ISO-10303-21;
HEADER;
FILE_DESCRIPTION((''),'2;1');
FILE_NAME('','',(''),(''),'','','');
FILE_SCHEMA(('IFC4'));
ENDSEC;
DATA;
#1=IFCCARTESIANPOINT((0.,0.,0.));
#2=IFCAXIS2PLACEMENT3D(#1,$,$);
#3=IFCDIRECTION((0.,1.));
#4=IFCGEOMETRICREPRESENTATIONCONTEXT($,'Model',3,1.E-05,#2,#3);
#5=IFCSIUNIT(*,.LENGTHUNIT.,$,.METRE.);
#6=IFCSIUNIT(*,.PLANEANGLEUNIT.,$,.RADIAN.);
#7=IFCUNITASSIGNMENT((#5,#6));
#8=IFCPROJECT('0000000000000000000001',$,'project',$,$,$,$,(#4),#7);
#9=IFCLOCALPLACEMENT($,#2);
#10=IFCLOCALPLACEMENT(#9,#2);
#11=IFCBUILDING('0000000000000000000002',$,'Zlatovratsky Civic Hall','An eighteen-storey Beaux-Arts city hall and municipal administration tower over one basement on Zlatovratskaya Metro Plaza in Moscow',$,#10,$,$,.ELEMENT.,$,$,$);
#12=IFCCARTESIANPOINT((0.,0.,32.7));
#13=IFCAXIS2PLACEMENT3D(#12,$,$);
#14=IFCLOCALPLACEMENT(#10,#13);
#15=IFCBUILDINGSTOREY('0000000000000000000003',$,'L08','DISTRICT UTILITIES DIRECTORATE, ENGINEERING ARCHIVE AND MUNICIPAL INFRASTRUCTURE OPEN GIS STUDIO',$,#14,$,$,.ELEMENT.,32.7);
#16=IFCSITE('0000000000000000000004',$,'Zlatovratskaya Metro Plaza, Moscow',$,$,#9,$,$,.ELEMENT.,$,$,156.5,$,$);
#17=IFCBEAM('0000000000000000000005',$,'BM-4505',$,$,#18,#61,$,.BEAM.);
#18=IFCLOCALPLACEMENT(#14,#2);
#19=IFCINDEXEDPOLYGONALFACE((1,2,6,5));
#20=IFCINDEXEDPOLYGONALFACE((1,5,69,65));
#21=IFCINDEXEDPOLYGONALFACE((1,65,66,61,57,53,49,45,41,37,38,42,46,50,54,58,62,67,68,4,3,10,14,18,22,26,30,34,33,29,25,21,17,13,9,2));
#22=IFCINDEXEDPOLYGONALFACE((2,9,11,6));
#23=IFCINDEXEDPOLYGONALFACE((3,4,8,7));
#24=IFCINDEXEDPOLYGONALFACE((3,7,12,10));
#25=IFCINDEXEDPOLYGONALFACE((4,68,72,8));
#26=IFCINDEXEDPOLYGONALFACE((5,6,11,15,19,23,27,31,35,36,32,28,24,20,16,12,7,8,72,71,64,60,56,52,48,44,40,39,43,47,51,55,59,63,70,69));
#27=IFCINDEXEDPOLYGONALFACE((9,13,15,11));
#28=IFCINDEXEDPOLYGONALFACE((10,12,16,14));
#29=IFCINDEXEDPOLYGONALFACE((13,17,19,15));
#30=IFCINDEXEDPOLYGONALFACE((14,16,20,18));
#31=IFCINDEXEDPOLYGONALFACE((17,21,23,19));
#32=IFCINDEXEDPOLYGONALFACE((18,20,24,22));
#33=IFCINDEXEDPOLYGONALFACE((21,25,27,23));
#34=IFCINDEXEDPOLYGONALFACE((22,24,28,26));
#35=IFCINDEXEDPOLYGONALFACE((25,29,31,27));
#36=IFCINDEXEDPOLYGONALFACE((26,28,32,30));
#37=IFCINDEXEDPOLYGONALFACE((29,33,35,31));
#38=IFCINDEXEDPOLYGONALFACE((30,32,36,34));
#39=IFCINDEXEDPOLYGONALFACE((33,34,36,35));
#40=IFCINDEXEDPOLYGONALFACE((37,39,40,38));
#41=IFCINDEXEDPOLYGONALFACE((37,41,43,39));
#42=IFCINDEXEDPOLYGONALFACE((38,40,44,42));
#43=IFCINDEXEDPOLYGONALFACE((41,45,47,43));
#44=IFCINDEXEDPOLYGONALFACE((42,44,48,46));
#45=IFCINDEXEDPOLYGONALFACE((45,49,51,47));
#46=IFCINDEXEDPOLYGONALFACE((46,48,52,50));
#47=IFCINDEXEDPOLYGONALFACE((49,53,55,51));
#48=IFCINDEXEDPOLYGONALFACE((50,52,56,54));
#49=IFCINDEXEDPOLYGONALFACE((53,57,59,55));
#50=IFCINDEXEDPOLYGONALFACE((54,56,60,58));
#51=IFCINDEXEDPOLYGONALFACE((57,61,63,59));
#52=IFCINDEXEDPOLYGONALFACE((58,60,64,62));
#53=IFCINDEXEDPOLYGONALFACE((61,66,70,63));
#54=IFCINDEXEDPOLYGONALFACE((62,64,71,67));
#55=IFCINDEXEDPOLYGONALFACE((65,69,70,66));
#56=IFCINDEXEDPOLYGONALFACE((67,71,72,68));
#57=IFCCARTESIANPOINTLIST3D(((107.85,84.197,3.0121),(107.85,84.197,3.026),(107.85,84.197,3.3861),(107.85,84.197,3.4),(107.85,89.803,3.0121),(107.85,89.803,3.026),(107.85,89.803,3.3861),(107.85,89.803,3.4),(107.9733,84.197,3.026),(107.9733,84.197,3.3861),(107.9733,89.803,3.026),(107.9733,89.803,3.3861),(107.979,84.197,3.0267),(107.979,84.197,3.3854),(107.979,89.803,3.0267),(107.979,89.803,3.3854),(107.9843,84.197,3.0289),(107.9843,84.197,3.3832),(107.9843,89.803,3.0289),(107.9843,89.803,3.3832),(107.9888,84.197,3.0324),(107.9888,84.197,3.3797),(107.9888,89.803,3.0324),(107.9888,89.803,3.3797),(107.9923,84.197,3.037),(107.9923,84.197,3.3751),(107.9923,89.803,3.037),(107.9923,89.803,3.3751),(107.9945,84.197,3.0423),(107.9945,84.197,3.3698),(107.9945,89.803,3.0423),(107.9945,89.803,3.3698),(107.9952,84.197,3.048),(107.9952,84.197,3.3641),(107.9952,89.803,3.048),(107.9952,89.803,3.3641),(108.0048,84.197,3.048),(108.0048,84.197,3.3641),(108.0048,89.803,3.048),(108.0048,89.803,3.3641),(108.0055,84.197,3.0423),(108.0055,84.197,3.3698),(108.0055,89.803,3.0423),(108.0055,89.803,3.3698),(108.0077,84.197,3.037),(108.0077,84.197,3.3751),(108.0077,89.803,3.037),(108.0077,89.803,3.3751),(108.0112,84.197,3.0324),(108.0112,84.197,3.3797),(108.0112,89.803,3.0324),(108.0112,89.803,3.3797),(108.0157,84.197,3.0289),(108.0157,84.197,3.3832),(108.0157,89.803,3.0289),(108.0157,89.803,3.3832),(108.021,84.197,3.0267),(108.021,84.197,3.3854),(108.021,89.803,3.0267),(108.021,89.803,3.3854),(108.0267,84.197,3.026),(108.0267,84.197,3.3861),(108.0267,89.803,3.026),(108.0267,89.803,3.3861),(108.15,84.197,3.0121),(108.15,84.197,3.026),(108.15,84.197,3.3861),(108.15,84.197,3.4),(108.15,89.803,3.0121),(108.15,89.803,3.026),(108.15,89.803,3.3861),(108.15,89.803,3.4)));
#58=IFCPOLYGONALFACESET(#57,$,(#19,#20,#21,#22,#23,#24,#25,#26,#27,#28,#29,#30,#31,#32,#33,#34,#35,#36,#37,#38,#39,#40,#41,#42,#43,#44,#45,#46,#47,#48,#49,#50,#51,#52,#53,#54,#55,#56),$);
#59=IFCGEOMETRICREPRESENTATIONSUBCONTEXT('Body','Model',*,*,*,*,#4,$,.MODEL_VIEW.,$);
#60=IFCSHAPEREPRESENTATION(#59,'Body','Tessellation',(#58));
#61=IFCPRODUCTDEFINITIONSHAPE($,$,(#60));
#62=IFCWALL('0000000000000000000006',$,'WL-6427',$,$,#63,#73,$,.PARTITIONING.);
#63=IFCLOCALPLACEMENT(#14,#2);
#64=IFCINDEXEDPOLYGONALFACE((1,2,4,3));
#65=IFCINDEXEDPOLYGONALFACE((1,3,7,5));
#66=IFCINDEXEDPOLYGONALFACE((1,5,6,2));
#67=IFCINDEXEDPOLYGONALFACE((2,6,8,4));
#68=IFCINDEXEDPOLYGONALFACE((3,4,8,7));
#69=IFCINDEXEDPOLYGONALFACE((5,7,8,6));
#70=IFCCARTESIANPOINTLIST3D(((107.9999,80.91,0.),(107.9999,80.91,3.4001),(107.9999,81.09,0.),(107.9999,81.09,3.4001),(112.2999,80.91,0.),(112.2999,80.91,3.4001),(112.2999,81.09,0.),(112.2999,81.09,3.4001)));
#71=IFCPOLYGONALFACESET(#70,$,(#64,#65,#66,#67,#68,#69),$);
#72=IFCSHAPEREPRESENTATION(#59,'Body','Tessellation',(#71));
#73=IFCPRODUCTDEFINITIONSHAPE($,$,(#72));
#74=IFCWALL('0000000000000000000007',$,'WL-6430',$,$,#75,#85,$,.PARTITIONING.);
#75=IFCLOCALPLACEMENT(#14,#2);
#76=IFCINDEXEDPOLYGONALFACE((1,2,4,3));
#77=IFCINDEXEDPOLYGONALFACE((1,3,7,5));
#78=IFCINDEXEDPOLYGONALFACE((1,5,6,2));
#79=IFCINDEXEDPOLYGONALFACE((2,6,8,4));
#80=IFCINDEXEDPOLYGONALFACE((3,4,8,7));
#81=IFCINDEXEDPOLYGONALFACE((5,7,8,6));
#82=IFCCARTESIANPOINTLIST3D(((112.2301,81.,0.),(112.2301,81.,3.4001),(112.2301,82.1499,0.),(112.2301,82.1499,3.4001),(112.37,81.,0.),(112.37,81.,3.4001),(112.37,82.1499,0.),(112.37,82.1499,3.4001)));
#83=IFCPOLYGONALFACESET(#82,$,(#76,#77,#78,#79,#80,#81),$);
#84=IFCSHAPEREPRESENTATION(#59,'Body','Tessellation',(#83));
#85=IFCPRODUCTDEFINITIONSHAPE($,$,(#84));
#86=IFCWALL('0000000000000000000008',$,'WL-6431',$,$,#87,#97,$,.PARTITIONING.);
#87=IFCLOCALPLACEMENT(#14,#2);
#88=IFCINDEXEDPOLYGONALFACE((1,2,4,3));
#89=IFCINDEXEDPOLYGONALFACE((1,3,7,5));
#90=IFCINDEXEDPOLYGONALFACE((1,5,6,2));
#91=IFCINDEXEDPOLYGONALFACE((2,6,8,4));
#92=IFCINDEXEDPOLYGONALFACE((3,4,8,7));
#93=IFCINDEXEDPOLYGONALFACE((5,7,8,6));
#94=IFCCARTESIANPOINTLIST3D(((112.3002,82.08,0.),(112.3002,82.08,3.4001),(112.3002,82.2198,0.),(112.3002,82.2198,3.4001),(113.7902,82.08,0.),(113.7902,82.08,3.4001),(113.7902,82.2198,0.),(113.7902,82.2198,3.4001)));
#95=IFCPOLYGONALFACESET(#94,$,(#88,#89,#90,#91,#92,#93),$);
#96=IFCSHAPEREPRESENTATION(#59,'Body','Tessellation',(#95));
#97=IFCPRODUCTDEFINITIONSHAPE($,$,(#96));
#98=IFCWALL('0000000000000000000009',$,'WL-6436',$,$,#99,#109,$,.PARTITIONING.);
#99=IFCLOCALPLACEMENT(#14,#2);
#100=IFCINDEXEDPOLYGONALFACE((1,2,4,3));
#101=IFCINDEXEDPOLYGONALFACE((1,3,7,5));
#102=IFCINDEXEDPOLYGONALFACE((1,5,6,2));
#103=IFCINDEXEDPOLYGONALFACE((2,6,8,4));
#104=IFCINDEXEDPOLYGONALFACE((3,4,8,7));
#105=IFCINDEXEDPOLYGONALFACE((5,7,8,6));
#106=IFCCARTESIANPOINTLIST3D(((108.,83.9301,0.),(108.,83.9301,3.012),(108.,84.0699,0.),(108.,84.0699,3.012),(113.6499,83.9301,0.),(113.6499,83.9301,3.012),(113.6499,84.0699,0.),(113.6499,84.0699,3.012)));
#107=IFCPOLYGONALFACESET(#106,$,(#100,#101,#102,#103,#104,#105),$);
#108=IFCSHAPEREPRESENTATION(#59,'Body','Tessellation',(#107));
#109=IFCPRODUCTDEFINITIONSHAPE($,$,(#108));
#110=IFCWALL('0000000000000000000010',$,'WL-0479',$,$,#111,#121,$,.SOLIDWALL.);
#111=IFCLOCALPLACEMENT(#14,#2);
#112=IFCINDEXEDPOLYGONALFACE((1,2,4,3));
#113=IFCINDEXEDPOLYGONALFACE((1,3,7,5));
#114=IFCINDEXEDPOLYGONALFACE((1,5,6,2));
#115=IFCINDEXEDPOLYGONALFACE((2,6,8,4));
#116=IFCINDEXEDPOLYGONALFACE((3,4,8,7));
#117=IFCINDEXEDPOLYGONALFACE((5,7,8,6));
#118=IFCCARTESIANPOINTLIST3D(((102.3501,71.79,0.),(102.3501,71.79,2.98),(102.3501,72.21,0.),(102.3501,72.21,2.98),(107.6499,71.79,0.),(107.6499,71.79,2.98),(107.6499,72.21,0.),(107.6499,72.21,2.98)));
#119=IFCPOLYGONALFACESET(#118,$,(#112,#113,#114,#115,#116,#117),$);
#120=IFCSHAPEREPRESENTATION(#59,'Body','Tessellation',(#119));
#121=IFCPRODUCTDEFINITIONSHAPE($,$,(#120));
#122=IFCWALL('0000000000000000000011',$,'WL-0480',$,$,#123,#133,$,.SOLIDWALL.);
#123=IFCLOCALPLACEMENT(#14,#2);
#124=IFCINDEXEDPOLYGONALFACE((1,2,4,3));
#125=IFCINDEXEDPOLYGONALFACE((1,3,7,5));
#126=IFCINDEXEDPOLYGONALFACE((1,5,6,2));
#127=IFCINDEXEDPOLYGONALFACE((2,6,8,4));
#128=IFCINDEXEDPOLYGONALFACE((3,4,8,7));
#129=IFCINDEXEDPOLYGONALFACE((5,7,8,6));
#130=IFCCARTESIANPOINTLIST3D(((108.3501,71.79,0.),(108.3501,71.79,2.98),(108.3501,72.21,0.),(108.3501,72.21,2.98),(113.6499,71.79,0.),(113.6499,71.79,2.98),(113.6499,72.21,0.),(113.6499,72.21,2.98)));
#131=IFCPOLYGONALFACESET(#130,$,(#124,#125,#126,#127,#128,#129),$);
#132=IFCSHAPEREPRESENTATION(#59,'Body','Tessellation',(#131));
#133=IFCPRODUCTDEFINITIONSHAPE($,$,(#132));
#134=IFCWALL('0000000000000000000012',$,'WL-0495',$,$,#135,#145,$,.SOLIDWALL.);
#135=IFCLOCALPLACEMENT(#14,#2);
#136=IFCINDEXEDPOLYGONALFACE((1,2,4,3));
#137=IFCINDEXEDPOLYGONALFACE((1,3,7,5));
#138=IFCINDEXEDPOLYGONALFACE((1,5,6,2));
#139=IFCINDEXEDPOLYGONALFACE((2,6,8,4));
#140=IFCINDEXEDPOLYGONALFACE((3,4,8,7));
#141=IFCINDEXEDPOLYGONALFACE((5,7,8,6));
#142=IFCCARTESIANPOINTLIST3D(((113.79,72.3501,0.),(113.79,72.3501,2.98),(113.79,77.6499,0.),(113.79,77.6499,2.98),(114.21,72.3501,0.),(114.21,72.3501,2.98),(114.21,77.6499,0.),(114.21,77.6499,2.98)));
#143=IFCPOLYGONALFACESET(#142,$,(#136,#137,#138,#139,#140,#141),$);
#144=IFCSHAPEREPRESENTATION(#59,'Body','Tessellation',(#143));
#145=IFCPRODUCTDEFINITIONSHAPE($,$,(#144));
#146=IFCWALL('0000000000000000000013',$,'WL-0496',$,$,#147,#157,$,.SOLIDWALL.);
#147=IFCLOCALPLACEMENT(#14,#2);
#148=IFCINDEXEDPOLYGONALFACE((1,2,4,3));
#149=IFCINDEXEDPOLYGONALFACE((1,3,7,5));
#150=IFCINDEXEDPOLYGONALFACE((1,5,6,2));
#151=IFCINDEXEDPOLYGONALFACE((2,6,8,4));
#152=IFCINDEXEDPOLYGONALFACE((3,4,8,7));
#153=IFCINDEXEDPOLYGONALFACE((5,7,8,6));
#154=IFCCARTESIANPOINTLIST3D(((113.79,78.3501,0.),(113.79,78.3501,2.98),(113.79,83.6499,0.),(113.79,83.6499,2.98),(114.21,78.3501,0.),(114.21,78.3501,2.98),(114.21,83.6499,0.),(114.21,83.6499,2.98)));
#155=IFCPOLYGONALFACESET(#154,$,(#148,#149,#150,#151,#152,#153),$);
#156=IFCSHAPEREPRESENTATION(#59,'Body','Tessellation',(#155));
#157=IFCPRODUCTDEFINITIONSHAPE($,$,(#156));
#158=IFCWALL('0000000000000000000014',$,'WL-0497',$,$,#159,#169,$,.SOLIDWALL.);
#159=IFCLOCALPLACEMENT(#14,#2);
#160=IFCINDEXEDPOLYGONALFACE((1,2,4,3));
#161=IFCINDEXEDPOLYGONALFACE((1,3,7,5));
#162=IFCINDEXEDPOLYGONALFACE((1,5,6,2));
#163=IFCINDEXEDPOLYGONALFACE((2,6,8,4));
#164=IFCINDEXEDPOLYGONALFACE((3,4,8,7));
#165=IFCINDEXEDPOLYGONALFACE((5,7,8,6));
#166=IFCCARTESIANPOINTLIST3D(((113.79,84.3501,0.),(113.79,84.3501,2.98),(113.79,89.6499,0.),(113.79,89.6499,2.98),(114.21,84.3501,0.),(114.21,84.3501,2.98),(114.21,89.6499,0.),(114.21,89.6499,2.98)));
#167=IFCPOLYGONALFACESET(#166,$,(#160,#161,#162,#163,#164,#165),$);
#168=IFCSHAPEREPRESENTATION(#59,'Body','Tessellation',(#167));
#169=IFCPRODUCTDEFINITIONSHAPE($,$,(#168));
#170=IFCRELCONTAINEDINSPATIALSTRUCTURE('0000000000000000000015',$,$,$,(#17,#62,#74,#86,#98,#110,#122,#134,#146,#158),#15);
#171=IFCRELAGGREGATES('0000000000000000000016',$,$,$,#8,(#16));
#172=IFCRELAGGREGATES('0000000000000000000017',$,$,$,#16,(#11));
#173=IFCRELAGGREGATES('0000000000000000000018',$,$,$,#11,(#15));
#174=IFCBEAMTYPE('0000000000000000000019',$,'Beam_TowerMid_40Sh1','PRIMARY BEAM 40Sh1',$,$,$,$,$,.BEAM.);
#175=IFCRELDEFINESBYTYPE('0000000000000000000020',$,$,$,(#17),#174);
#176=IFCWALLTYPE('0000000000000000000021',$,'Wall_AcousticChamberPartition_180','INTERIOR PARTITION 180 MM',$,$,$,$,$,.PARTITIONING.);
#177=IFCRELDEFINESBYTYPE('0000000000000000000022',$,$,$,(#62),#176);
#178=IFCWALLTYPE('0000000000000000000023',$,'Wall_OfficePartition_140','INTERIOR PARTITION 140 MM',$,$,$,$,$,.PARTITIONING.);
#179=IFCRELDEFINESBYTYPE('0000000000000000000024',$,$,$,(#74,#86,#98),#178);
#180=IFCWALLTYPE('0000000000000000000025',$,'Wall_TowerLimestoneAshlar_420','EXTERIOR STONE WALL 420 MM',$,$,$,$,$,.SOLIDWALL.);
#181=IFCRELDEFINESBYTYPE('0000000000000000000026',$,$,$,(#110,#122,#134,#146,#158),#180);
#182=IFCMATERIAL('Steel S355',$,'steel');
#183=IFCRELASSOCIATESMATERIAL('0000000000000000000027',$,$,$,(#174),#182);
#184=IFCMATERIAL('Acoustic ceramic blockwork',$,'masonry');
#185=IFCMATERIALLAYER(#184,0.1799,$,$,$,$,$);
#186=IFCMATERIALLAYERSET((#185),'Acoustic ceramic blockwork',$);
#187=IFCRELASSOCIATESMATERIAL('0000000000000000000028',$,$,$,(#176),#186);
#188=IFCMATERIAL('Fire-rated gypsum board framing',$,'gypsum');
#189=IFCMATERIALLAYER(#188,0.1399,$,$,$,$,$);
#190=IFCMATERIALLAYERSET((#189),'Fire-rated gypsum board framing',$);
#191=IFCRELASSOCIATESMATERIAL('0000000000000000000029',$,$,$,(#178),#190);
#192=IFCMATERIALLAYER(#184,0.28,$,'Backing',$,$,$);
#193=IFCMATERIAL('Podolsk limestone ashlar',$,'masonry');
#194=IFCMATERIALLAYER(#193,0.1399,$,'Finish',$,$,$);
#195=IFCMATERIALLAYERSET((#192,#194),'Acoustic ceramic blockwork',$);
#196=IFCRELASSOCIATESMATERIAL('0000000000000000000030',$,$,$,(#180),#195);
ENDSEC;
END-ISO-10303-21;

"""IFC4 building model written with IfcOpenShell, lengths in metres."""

from ifc_helpers import new_model, si_unit, direction, frame, frame_2d, origin, origin_2d, place, context, subcontext, project, spatial, rectangle, i_section, extrude, material, layer, layer_set, material_profile, profile_set, type_object, element, save


model = new_model("IFC4")

# Units and contexts
model_context = context("Model", 3, precision=1e-05, world=origin(), true_north=direction((0.0, 1.0)))
body_context = subcontext(model_context, "Body", "Model", "MODEL_VIEW")
ifc_project = project(units=[si_unit("LENGTHUNIT", "METRE"), si_unit("PLANEANGLEUNIT", "RADIAN")], contexts=[model_context])

# Site, building, storey
site_placement = place(None, origin())
site = spatial("IfcSite", under=ifc_project, at=site_placement, Name="Zlatovratskaya Metro Plaza, Moscow", CompositionType="ELEMENT", RefElevation=156.5)
building_placement = place(site_placement, origin())
building = spatial("IfcBuilding", under=site, at=building_placement, Name="Zlatovratsky Civic Hall", Description="An eighteen-storey Beaux-Arts city hall and municipal administration tower over one basement on Zlatovratskaya Metro Plaza in Moscow", CompositionType="ELEMENT")
storey_placement = place(building_placement, frame((0.0, 0.0, 32.7)))
storey = spatial("IfcBuildingStorey", under=building, at=storey_placement, Name="L08", Description="DISTRICT UTILITIES DIRECTORATE, ENGINEERING ARCHIVE AND MUNICIPAL INFRASTRUCTURE OPEN GIS STUDIO", CompositionType="ELEMENT", Elevation=32.7)

# Shared definitions
ifc_material_1 = material(Name="Steel S355", Category="steel")

# Beam
ifc_material_profile_1 = material_profile(ifc_material_1, i_section(OverallWidth=0.3, OverallDepth=0.3879, WebThickness=0.0095, FlangeThickness=0.0139, FilletRadius=0.022, at=origin_2d()), Name="40Sh1")
ifc_profile_set_1 = profile_set([ifc_material_profile_1], Name="Steel S355")
beam_type_1 = type_object("IfcBeamType", Name="Beam_TowerMid_40Sh1", Description="PRIMARY BEAM 40Sh1", PredefinedType="BEAM", material=ifc_profile_set_1)
for number, where, z_axis, x_axis, name in (
    (1, (108.0, 84.197, 3.2061), (0.0, 1.0, 0.0), (-1.0, 0.0, 0.0), "BM-4505"),
):
    element("IfcBeam", number, at=place(storey_placement, frame(where, z_axis=z_axis, x_axis=x_axis)), inside=storey, type_object=beam_type_1, Name=name, PredefinedType="BEAM", context=body_context, shape_type="SweptSolid", body=[
        extrude(i_section(OverallWidth=0.3, OverallDepth=0.3879, WebThickness=0.0095, FlangeThickness=0.0139, FilletRadius=0.022, at=origin_2d()), origin(), (0.0, 0.0, 1.0), 5.606),
    ])

# Walls
ifc_material_2 = material(Name="Acoustic ceramic blockwork", Category="masonry")
ifc_layer_1 = layer(ifc_material_2, 0.1799)
ifc_layer_set_1 = layer_set([ifc_layer_1], Name="Acoustic ceramic blockwork")
wall_type_1 = type_object("IfcWallType", Name="Wall_AcousticChamberPartition_180", Description="INTERIOR PARTITION 180 MM", PredefinedType="PARTITIONING", material=ifc_layer_set_1)
wall_1_placement = place(storey_placement, frame((108.0, 81.0, 0.0), z_axis=(0.0, 0.0, 1.0), x_axis=(1.0, 0.0, 0.0)))
element("IfcWall", 2, at=wall_1_placement, inside=storey, type_object=wall_type_1, Name="WL-6427", PredefinedType="PARTITIONING", context=body_context, shape_type="SweptSolid", body=[
    extrude(rectangle(XDim=4.3, YDim=0.1799, at=frame_2d((2.1499, 0.0))), origin(), (0.0, 0.0, 1.0), 3.4001),
])
ifc_material_3 = material(Name="Fire-rated gypsum board framing", Category="gypsum")
ifc_layer_2 = layer(ifc_material_3, 0.1399)
ifc_layer_set_2 = layer_set([ifc_layer_2], Name="Fire-rated gypsum board framing")
wall_type_2 = type_object("IfcWallType", Name="Wall_OfficePartition_140", Description="INTERIOR PARTITION 140 MM", PredefinedType="PARTITIONING", material=ifc_layer_set_2)
wall_2_placement = place(storey_placement, frame((112.3, 81.0, 0.0), z_axis=(0.0, 0.0, 1.0), x_axis=(0.0, 1.0, 0.0)))
element("IfcWall", 3, at=wall_2_placement, inside=storey, type_object=wall_type_2, Name="WL-6430", PredefinedType="PARTITIONING", context=body_context, shape_type="SweptSolid", body=[
    extrude(rectangle(XDim=1.1499, YDim=0.1399, at=frame_2d((0.575, 0.0))), origin(), (0.0, 0.0, 1.0), 3.4001),
])
wall_3_placement = place(storey_placement, frame((112.3, 82.1499, 0.0), z_axis=(0.0, 0.0, 1.0), x_axis=(1.0, 0.0, 0.0)))
element("IfcWall", 4, at=wall_3_placement, inside=storey, type_object=wall_type_2, Name="WL-6431", PredefinedType="PARTITIONING", context=body_context, shape_type="SweptSolid", body=[
    extrude(rectangle(XDim=1.49, YDim=0.1399, at=frame_2d((0.7451, 0.0))), origin(), (0.0, 0.0, 1.0), 3.4001),
])
wall_4_placement = place(storey_placement, frame((108.0, 84.0, 0.0), z_axis=(0.0, 0.0, 1.0), x_axis=(1.0, 0.0, 0.0)))
element("IfcWall", 5, at=wall_4_placement, inside=storey, type_object=wall_type_2, Name="WL-6436", PredefinedType="PARTITIONING", context=body_context, shape_type="SweptSolid", body=[
    extrude(rectangle(XDim=5.6499, YDim=0.1399, at=frame_2d((2.825, 0.0))), origin(), (0.0, 0.0, 1.0), 3.012),
])
ifc_layer_3 = layer(ifc_material_2, 0.28, Name="Backing")
ifc_material_4 = material(Name="Podolsk limestone ashlar", Category="masonry")
ifc_layer_4 = layer(ifc_material_4, 0.1399, Name="Finish")
ifc_layer_set_3 = layer_set([ifc_layer_3, ifc_layer_4], Name="Acoustic ceramic blockwork")
wall_type_3 = type_object("IfcWallType", Name="Wall_TowerLimestoneAshlar_420", Description="EXTERIOR STONE WALL 420 MM", PredefinedType="SOLIDWALL", material=ifc_layer_set_3)
for number, where, z_axis, x_axis, name in (
    (6, (102.3501, 72.0, 0.0), (0.0, 0.0, 1.0), (1.0, 0.0, 0.0), "WL-0479"),
    (7, (108.3501, 72.0, 0.0), (0.0, 0.0, 1.0), (1.0, 0.0, 0.0), "WL-0480"),
    (8, (114.0, 72.3501, 0.0), (0.0, 0.0, 1.0), (0.0, 1.0, 0.0), "WL-0495"),
    (9, (114.0, 78.3501, 0.0), (0.0, 0.0, 1.0), (0.0, 1.0, 0.0), "WL-0496"),
    (10, (114.0, 84.3501, 0.0), (0.0, 0.0, 1.0), (0.0, 1.0, 0.0), "WL-0497"),
):
    element("IfcWall", number, at=place(storey_placement, frame(where, z_axis=z_axis, x_axis=x_axis)), inside=storey, type_object=wall_type_3, Name=name, PredefinedType="SOLIDWALL", context=body_context, shape_type="SweptSolid", body=[
        extrude(rectangle(XDim=5.2998, YDim=0.4199, at=frame_2d((2.6499, 0.0))), origin(), (0.0, 0.0, 1.0), 2.98),
    ])

save(model, "model.ifc")
